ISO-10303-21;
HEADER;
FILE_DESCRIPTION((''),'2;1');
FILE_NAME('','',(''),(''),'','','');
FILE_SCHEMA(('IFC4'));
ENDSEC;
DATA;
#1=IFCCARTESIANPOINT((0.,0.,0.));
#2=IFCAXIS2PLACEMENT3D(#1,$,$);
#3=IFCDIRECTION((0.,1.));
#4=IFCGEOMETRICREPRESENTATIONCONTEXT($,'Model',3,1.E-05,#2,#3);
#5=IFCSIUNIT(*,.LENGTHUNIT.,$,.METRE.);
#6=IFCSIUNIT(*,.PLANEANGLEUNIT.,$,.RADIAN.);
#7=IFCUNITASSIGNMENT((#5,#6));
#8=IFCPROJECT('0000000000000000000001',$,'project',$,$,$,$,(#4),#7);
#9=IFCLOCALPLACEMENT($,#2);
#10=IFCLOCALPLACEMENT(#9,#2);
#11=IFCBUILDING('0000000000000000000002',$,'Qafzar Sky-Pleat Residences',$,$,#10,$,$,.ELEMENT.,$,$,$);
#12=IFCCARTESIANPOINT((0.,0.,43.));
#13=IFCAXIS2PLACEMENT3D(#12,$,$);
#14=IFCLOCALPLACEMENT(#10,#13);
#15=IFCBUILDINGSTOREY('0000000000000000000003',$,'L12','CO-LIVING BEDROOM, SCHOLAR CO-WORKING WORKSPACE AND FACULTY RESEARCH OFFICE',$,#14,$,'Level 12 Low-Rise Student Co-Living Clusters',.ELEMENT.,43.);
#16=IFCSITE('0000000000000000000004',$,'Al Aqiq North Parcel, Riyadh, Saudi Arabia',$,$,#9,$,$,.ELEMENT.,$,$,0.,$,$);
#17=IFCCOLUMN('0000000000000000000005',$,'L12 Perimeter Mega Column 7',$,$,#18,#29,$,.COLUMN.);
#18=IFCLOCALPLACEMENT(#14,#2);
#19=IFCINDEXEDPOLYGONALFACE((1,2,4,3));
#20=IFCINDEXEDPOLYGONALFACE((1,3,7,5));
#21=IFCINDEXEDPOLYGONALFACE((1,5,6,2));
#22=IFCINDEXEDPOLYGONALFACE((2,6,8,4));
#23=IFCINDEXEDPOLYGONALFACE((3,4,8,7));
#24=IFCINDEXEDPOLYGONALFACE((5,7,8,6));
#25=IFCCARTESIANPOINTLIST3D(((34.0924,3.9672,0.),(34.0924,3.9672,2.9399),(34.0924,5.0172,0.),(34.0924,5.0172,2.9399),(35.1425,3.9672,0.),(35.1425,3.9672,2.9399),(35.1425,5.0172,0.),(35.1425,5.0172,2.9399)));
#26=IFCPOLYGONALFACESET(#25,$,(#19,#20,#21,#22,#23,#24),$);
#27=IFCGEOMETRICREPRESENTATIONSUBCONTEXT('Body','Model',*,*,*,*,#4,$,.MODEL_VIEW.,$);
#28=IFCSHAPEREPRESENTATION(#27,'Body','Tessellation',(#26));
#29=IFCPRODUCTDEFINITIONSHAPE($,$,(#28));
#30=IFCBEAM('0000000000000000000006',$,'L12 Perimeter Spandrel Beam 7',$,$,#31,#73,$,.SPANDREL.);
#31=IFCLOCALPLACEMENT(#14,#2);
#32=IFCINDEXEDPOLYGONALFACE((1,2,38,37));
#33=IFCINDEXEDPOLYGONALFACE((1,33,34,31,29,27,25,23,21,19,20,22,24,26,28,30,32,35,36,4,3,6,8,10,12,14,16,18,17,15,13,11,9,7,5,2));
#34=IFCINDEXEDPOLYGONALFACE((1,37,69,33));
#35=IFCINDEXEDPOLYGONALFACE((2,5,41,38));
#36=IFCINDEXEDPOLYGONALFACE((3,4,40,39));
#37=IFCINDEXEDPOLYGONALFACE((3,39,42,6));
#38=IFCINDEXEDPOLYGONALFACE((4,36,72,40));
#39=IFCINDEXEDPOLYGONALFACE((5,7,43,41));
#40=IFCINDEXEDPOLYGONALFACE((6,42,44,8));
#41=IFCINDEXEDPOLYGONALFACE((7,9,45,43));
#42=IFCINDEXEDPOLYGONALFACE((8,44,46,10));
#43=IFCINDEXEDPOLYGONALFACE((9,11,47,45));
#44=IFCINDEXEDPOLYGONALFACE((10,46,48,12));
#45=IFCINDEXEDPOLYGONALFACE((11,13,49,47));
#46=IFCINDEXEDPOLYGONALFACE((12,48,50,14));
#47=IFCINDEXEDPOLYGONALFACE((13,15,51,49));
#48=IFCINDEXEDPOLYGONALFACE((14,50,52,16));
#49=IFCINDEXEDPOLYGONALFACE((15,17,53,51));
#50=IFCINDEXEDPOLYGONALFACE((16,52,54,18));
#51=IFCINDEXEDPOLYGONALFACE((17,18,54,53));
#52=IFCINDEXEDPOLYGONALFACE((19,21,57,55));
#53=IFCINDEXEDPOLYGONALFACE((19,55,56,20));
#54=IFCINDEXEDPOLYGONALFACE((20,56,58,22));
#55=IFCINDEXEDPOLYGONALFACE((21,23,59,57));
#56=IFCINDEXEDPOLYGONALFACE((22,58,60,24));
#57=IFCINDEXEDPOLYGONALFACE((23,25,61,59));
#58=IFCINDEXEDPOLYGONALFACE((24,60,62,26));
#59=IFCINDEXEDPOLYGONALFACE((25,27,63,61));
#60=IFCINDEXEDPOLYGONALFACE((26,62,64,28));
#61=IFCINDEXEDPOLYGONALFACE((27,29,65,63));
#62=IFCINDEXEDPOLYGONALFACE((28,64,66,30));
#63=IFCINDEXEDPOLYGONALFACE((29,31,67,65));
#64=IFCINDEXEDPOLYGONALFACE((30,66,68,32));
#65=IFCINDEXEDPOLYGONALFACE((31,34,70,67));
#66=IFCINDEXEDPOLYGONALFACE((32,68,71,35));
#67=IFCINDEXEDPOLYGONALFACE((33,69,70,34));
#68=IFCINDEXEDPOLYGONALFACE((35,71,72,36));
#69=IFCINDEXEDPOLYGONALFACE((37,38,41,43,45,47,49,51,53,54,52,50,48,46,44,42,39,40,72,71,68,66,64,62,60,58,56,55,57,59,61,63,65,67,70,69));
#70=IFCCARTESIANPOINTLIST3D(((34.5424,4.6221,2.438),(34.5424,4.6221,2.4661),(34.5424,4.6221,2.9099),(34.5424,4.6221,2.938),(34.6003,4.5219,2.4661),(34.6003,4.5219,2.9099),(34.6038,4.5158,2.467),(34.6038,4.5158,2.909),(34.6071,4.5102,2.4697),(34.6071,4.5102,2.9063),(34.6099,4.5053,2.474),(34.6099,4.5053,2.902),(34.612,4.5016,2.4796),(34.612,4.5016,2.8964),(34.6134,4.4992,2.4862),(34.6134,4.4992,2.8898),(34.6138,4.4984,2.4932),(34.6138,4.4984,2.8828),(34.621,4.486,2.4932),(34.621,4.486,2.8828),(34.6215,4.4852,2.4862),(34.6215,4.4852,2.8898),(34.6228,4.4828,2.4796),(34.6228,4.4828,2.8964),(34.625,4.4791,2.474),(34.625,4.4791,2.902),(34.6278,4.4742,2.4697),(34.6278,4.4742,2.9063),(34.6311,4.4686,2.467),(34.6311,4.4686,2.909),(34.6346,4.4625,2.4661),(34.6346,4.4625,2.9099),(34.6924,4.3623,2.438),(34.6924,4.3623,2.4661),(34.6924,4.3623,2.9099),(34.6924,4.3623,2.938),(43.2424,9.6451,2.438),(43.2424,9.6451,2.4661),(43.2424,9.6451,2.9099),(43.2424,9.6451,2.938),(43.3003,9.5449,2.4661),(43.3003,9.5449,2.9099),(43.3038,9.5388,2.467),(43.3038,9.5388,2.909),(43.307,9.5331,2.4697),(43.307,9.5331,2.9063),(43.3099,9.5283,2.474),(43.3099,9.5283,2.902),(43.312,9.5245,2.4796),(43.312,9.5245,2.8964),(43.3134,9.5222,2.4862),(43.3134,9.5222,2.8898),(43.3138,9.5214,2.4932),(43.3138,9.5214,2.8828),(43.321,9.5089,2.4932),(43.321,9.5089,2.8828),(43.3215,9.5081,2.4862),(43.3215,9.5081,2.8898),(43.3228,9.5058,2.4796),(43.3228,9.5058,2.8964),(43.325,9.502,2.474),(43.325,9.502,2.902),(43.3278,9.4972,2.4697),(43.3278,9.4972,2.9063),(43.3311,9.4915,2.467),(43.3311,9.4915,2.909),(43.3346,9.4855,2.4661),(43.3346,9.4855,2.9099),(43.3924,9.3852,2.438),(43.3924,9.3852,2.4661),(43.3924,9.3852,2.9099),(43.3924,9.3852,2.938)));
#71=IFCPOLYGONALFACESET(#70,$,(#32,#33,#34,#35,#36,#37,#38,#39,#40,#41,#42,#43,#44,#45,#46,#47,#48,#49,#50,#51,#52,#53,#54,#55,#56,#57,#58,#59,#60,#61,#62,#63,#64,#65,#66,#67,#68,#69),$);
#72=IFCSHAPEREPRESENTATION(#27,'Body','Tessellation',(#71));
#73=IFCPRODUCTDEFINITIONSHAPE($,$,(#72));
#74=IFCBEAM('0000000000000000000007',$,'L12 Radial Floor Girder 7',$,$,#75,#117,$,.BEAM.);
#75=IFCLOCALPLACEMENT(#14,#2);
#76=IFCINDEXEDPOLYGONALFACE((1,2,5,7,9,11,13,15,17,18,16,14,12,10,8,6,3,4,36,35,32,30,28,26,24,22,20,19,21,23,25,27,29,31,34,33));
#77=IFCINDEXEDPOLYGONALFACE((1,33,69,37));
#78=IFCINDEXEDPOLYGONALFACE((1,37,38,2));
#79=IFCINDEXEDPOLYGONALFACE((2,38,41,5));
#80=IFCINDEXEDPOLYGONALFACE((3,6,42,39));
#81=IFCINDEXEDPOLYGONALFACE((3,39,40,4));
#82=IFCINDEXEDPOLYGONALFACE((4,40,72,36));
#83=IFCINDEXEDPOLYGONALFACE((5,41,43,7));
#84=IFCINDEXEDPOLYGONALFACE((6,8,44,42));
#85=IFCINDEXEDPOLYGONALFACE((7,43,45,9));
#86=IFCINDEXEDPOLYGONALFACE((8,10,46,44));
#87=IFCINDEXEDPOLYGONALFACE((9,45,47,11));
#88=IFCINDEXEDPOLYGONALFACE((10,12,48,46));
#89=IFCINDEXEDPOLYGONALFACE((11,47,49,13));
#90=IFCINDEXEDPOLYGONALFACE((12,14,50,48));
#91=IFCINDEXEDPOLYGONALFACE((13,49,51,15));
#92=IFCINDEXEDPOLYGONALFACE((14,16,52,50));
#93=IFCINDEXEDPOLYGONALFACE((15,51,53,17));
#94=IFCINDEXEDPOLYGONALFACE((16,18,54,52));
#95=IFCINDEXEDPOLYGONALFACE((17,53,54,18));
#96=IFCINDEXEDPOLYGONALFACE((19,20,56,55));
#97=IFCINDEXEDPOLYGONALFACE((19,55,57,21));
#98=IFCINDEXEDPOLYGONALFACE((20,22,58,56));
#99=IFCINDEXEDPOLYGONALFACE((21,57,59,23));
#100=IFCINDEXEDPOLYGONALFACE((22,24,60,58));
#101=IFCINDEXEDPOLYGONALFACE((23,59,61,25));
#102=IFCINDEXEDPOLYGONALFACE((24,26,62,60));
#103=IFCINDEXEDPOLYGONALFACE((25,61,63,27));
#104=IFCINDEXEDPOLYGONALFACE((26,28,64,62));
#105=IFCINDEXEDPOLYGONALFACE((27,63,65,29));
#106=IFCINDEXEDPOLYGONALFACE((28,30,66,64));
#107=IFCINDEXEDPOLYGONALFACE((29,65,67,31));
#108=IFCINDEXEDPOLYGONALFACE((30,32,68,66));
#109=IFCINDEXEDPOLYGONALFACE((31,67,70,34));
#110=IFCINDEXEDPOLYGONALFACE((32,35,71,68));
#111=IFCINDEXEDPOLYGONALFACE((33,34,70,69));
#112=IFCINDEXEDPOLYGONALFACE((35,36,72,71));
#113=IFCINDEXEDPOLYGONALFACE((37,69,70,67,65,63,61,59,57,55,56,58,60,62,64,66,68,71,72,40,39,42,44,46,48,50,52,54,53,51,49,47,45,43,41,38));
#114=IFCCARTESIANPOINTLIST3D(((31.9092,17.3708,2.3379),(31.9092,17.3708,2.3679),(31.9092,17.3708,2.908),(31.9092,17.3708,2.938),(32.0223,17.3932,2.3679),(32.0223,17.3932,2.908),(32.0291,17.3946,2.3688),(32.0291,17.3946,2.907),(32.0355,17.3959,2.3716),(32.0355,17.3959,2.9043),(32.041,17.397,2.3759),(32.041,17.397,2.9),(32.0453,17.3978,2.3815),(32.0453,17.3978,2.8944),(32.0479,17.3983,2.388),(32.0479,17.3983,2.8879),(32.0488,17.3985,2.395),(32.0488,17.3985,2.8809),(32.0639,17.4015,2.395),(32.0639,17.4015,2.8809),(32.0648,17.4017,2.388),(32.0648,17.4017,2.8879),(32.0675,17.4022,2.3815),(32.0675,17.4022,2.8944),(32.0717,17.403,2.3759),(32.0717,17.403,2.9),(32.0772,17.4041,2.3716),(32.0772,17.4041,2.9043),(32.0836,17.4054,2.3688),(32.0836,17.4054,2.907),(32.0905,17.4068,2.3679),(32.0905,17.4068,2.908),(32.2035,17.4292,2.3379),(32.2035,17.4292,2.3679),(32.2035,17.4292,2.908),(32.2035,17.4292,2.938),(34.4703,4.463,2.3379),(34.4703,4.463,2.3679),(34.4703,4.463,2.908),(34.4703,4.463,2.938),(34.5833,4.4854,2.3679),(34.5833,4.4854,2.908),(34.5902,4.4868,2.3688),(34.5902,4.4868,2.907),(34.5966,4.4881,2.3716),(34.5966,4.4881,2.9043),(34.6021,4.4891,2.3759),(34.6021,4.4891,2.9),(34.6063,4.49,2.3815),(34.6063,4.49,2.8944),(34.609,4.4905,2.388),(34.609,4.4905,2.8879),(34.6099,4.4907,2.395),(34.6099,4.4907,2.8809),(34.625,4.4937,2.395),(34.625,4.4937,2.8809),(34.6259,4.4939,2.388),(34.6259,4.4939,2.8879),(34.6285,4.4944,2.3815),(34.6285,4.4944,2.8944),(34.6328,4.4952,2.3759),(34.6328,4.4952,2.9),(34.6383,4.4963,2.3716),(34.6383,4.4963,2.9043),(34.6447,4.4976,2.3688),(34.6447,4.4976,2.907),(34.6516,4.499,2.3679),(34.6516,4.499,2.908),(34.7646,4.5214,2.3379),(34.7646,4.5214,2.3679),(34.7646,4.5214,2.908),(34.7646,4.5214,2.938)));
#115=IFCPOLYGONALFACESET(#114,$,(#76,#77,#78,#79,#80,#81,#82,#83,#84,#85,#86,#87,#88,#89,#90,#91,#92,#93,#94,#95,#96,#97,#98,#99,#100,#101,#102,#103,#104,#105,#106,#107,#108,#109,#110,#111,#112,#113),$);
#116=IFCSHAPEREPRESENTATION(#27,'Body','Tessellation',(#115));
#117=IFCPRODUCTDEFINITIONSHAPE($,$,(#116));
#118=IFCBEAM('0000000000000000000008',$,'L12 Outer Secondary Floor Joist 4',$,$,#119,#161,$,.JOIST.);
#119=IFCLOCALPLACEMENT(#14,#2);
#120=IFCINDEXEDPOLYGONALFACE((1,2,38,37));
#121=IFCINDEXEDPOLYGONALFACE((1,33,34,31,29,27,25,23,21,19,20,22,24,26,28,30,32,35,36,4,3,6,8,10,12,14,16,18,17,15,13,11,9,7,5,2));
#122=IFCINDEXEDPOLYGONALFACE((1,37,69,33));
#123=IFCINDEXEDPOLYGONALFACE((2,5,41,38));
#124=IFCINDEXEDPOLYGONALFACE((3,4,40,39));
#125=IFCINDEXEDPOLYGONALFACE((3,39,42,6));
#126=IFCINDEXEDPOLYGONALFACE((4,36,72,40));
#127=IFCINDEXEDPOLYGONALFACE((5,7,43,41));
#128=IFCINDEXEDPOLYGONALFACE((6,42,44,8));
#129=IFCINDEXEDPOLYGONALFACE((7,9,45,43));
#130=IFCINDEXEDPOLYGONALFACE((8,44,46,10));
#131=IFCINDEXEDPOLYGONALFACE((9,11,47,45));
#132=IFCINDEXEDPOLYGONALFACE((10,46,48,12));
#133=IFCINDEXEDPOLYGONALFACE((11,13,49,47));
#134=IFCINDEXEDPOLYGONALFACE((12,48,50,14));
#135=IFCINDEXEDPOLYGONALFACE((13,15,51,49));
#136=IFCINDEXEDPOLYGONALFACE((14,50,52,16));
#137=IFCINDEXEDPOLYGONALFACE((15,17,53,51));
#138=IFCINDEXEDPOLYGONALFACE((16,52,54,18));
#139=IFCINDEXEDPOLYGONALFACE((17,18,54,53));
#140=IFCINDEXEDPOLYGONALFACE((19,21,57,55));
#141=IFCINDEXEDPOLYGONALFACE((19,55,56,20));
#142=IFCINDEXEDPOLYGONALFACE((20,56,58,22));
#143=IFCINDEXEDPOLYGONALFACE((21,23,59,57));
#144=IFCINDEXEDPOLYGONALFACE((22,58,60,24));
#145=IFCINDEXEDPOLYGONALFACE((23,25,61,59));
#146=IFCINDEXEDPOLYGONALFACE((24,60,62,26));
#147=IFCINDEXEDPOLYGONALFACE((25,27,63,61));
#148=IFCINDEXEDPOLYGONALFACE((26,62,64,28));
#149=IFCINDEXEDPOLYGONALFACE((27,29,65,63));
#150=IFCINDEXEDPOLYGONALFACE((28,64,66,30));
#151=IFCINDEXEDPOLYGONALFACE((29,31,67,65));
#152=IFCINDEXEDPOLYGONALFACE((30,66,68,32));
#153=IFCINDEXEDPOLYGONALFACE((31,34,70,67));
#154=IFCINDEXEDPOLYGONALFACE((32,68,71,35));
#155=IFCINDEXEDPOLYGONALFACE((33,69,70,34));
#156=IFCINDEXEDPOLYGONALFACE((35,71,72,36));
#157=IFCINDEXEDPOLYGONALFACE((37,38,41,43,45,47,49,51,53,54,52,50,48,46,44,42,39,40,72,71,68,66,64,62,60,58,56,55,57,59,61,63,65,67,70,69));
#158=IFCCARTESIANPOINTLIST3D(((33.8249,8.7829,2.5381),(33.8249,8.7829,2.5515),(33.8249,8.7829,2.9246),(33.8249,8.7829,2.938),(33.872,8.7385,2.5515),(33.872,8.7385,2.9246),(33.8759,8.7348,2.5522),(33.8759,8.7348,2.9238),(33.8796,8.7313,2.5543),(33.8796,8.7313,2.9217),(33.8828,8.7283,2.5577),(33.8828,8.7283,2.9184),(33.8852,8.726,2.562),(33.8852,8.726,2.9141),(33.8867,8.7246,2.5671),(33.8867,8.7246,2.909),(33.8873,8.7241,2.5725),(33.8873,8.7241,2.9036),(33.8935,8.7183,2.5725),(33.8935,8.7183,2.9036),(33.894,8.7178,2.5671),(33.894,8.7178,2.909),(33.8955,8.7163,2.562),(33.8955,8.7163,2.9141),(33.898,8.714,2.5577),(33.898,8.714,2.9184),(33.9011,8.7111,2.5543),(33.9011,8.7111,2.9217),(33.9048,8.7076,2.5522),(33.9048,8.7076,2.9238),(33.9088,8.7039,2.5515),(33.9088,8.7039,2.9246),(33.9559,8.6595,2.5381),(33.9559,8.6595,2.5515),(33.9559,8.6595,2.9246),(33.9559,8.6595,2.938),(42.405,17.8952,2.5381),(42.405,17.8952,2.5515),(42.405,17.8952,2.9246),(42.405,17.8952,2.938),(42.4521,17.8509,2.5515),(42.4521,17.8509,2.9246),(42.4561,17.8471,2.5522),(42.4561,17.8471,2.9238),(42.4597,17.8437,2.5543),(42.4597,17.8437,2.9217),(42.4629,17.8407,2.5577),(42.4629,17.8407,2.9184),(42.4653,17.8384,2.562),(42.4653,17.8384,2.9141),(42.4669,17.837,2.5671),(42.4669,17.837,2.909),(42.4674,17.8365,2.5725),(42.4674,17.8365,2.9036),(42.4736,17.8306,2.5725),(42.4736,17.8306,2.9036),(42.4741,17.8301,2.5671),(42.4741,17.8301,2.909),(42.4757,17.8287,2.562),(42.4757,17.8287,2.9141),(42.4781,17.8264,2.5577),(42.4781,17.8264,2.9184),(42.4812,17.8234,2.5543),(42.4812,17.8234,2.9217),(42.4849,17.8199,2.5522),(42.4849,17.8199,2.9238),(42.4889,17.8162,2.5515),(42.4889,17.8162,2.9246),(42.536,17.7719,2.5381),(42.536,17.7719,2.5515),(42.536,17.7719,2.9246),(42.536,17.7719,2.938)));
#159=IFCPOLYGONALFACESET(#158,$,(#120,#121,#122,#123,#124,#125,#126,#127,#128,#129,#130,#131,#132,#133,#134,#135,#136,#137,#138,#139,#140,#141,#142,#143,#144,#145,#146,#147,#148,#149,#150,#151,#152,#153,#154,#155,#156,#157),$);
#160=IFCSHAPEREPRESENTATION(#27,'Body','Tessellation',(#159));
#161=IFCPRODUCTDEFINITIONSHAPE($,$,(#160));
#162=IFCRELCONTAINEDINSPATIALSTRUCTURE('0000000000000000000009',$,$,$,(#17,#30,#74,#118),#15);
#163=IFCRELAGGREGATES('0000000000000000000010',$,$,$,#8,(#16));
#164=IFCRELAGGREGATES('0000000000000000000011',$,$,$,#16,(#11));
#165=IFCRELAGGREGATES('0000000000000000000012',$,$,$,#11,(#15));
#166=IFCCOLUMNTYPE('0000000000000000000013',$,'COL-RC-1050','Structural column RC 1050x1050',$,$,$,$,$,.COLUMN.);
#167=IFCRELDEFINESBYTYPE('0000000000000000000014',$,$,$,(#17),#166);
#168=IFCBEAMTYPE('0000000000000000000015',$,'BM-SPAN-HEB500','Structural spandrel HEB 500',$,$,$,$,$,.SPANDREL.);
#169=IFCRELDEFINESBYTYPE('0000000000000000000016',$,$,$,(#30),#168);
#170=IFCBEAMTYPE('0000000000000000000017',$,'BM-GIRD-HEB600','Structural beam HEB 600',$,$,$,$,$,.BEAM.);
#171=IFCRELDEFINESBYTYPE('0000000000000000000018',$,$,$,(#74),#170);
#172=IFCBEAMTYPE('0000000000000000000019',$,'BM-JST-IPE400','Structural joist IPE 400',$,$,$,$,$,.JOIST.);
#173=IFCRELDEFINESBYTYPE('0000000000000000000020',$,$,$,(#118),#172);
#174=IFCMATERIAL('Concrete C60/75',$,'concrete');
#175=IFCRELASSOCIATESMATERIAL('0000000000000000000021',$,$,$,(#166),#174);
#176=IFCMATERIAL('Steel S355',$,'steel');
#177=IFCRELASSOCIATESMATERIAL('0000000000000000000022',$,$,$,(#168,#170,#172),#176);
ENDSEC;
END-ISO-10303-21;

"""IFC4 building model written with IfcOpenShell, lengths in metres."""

from ifc_helpers import new_model, si_unit, direction, frame, origin, origin_2d, place, context, subcontext, project, spatial, rectangle, i_section, extrude, source, transform, mapped, material, material_profile, profile_set, type_object, element, save


model = new_model("IFC4")

# Units and contexts
model_context = context("Model", 3, precision=1e-05, world=origin(), true_north=direction((0.0, 1.0)))
body_context = subcontext(model_context, "Body", "Model", "MODEL_VIEW")
ifc_project = project(units=[si_unit("LENGTHUNIT", "METRE"), si_unit("PLANEANGLEUNIT", "RADIAN")], contexts=[model_context])

# Site, building, storey
site_placement = place(None, origin())
site = spatial("IfcSite", under=ifc_project, at=site_placement, Name="Al Aqiq North Parcel, Riyadh, Saudi Arabia", CompositionType="ELEMENT", RefElevation=0.0)
building_placement = place(site_placement, origin())
building = spatial("IfcBuilding", under=site, at=building_placement, Name="Qafzar Sky-Pleat Residences", CompositionType="ELEMENT")
storey_placement = place(building_placement, frame((0.0, 0.0, 43.0)))
storey = spatial("IfcBuildingStorey", under=building, at=storey_placement, Name="L12", Description="CO-LIVING BEDROOM, SCHOLAR CO-WORKING WORKSPACE AND FACULTY RESEARCH OFFICE", LongName="Level 12 Low-Rise Student Co-Living Clusters", CompositionType="ELEMENT", Elevation=43.0)

# Column
ifc_material_1 = material(Name="Concrete C60/75", Category="concrete")
ifc_material_profile_1 = material_profile(ifc_material_1, rectangle(XDim=1.05, YDim=1.05, at=origin_2d()), Name="RC 1050x1050")
ifc_profile_set_1 = profile_set([ifc_material_profile_1], Name="Concrete C60/75")
column_type = type_object("IfcColumnType", Name="COL-RC-1050", Description="Structural column RC 1050x1050", PredefinedType="COLUMN", material=ifc_profile_set_1)
shared_shape_1 = source(origin(), body_context, "Body", "SweptSolid", [
    extrude(rectangle(XDim=1.05, YDim=1.05, at=origin_2d()), origin(), (0.0, 0.0, 1.0), 2.9399),
])
column_placement = place(storey_placement, frame((34.6174, 4.4922, 0.0), z_axis=(0.0, 0.0, 1.0), x_axis=(1.0, 0.0, 0.0)))
element("IfcColumn", 1, at=column_placement, inside=storey, type_object=column_type, Name="L12 Perimeter Mega Column 7", PredefinedType="COLUMN", context=body_context, shape_type="MappedRepresentation", body=[
    mapped(shared_shape_1, transform((0.0, 0.0, 0.0), x_axis=(1.0, 0.0, 0.0), y_axis=(0.0, 1.0, 0.0), z_axis=(0.0, 0.0, 1.0), scale=1.0)),
])

# Beams
ifc_material_2 = material(Name="Steel S355", Category="steel")
ifc_material_profile_2 = material_profile(ifc_material_2, i_section(OverallWidth=0.3, OverallDepth=0.5, WebThickness=0.0144, FlangeThickness=0.0281, FilletRadius=0.0271, at=origin_2d()), Name="HEB 500")
ifc_profile_set_2 = profile_set([ifc_material_profile_2], Name="Steel S355")
beam_type_1 = type_object("IfcBeamType", Name="BM-SPAN-HEB500", Description="Structural spandrel HEB 500", PredefinedType="SPANDREL", material=ifc_profile_set_2)
shared_shape_2 = source(origin(), body_context, "Body", "SweptSolid", [
    extrude(i_section(OverallWidth=0.3, OverallDepth=0.5, WebThickness=0.0144, FlangeThickness=0.0281, FilletRadius=0.0271, at=origin_2d()), origin(), (0.0, 0.0, 1.0), 10.0459),
])
beam_1_placement = place(storey_placement, frame((34.6174, 4.4922, 2.688), z_axis=(0.866024, 0.500002, 0.0), x_axis=(-0.500002, 0.866024, 0.0)))
element("IfcBeam", 2, at=beam_1_placement, inside=storey, type_object=beam_type_1, Name="L12 Perimeter Spandrel Beam 7", PredefinedType="SPANDREL", context=body_context, shape_type="MappedRepresentation", body=[
    mapped(shared_shape_2, transform((0.0, 0.0, 0.0), x_axis=(1.0, 0.0, 0.0), y_axis=(0.0, 1.0, 0.0), z_axis=(0.0, 0.0, 1.0), scale=1.0)),
])
ifc_material_profile_3 = material_profile(ifc_material_2, i_section(OverallWidth=0.3, OverallDepth=0.6001, WebThickness=0.0154, FlangeThickness=0.03, FilletRadius=0.0271, at=origin_2d()), Name="HEB 600")
ifc_profile_set_3 = profile_set([ifc_material_profile_3], Name="Steel S355")
beam_type_2 = type_object("IfcBeamType", Name="BM-GIRD-HEB600", Description="Structural beam HEB 600", PredefinedType="BEAM", material=ifc_profile_set_3)
shared_shape_3 = source(origin(), body_context, "Body", "SweptSolid", [
    extrude(i_section(OverallWidth=0.3, OverallDepth=0.6001, WebThickness=0.0154, FlangeThickness=0.03, FilletRadius=0.0271, at=origin_2d()), origin(), (0.0, 0.0, 1.0), 13.1594),
])
beam_2_placement = place(storey_placement, frame((34.6174, 4.4922, 2.6379), z_axis=(-0.194617, 0.980879, 0.0), x_axis=(-0.980879, -0.194617, 0.0)))
element("IfcBeam", 3, at=beam_2_placement, inside=storey, type_object=beam_type_2, Name="L12 Radial Floor Girder 7", PredefinedType="BEAM", context=body_context, shape_type="MappedRepresentation", body=[
    mapped(shared_shape_3, transform((0.0, 0.0, 0.0), x_axis=(1.0, 0.0, 0.0), y_axis=(0.0, 1.0, 0.0), z_axis=(0.0, 0.0, 1.0), scale=1.0)),
])
ifc_material_profile_4 = material_profile(ifc_material_2, i_section(OverallWidth=0.1799, OverallDepth=0.3999, WebThickness=0.0085, FlangeThickness=0.0134, FilletRadius=0.021, at=origin_2d()), Name="IPE 400")
ifc_profile_set_4 = profile_set([ifc_material_profile_4], Name="Steel S355")
beam_type_3 = type_object("IfcBeamType", Name="BM-JST-IPE400", Description="Structural joist IPE 400", PredefinedType="JOIST", material=ifc_profile_set_4)
shared_shape_4 = source(origin(), body_context, "Body", "SweptSolid", [
    extrude(i_section(OverallWidth=0.1799, OverallDepth=0.3999, WebThickness=0.0085, FlangeThickness=0.0134, FilletRadius=0.021, at=origin_2d()), origin(), (0.0, 0.0, 1.0), 12.5161),
])
beam_3_placement = place(storey_placement, frame((33.8904, 8.7212, 2.738), z_axis=(0.685525, 0.728049, 0.0), x_axis=(-0.728049, 0.685525, 0.0)))
element("IfcBeam", 4, at=beam_3_placement, inside=storey, type_object=beam_type_3, Name="L12 Outer Secondary Floor Joist 4", PredefinedType="JOIST", context=body_context, shape_type="MappedRepresentation", body=[
    mapped(shared_shape_4, transform((0.0, 0.0, 0.0), x_axis=(1.0, 0.0, 0.0), y_axis=(0.0, 1.0, 0.0), z_axis=(0.0, 0.0, 1.0), scale=1.0)),
])

save(model, "model.ifc")
